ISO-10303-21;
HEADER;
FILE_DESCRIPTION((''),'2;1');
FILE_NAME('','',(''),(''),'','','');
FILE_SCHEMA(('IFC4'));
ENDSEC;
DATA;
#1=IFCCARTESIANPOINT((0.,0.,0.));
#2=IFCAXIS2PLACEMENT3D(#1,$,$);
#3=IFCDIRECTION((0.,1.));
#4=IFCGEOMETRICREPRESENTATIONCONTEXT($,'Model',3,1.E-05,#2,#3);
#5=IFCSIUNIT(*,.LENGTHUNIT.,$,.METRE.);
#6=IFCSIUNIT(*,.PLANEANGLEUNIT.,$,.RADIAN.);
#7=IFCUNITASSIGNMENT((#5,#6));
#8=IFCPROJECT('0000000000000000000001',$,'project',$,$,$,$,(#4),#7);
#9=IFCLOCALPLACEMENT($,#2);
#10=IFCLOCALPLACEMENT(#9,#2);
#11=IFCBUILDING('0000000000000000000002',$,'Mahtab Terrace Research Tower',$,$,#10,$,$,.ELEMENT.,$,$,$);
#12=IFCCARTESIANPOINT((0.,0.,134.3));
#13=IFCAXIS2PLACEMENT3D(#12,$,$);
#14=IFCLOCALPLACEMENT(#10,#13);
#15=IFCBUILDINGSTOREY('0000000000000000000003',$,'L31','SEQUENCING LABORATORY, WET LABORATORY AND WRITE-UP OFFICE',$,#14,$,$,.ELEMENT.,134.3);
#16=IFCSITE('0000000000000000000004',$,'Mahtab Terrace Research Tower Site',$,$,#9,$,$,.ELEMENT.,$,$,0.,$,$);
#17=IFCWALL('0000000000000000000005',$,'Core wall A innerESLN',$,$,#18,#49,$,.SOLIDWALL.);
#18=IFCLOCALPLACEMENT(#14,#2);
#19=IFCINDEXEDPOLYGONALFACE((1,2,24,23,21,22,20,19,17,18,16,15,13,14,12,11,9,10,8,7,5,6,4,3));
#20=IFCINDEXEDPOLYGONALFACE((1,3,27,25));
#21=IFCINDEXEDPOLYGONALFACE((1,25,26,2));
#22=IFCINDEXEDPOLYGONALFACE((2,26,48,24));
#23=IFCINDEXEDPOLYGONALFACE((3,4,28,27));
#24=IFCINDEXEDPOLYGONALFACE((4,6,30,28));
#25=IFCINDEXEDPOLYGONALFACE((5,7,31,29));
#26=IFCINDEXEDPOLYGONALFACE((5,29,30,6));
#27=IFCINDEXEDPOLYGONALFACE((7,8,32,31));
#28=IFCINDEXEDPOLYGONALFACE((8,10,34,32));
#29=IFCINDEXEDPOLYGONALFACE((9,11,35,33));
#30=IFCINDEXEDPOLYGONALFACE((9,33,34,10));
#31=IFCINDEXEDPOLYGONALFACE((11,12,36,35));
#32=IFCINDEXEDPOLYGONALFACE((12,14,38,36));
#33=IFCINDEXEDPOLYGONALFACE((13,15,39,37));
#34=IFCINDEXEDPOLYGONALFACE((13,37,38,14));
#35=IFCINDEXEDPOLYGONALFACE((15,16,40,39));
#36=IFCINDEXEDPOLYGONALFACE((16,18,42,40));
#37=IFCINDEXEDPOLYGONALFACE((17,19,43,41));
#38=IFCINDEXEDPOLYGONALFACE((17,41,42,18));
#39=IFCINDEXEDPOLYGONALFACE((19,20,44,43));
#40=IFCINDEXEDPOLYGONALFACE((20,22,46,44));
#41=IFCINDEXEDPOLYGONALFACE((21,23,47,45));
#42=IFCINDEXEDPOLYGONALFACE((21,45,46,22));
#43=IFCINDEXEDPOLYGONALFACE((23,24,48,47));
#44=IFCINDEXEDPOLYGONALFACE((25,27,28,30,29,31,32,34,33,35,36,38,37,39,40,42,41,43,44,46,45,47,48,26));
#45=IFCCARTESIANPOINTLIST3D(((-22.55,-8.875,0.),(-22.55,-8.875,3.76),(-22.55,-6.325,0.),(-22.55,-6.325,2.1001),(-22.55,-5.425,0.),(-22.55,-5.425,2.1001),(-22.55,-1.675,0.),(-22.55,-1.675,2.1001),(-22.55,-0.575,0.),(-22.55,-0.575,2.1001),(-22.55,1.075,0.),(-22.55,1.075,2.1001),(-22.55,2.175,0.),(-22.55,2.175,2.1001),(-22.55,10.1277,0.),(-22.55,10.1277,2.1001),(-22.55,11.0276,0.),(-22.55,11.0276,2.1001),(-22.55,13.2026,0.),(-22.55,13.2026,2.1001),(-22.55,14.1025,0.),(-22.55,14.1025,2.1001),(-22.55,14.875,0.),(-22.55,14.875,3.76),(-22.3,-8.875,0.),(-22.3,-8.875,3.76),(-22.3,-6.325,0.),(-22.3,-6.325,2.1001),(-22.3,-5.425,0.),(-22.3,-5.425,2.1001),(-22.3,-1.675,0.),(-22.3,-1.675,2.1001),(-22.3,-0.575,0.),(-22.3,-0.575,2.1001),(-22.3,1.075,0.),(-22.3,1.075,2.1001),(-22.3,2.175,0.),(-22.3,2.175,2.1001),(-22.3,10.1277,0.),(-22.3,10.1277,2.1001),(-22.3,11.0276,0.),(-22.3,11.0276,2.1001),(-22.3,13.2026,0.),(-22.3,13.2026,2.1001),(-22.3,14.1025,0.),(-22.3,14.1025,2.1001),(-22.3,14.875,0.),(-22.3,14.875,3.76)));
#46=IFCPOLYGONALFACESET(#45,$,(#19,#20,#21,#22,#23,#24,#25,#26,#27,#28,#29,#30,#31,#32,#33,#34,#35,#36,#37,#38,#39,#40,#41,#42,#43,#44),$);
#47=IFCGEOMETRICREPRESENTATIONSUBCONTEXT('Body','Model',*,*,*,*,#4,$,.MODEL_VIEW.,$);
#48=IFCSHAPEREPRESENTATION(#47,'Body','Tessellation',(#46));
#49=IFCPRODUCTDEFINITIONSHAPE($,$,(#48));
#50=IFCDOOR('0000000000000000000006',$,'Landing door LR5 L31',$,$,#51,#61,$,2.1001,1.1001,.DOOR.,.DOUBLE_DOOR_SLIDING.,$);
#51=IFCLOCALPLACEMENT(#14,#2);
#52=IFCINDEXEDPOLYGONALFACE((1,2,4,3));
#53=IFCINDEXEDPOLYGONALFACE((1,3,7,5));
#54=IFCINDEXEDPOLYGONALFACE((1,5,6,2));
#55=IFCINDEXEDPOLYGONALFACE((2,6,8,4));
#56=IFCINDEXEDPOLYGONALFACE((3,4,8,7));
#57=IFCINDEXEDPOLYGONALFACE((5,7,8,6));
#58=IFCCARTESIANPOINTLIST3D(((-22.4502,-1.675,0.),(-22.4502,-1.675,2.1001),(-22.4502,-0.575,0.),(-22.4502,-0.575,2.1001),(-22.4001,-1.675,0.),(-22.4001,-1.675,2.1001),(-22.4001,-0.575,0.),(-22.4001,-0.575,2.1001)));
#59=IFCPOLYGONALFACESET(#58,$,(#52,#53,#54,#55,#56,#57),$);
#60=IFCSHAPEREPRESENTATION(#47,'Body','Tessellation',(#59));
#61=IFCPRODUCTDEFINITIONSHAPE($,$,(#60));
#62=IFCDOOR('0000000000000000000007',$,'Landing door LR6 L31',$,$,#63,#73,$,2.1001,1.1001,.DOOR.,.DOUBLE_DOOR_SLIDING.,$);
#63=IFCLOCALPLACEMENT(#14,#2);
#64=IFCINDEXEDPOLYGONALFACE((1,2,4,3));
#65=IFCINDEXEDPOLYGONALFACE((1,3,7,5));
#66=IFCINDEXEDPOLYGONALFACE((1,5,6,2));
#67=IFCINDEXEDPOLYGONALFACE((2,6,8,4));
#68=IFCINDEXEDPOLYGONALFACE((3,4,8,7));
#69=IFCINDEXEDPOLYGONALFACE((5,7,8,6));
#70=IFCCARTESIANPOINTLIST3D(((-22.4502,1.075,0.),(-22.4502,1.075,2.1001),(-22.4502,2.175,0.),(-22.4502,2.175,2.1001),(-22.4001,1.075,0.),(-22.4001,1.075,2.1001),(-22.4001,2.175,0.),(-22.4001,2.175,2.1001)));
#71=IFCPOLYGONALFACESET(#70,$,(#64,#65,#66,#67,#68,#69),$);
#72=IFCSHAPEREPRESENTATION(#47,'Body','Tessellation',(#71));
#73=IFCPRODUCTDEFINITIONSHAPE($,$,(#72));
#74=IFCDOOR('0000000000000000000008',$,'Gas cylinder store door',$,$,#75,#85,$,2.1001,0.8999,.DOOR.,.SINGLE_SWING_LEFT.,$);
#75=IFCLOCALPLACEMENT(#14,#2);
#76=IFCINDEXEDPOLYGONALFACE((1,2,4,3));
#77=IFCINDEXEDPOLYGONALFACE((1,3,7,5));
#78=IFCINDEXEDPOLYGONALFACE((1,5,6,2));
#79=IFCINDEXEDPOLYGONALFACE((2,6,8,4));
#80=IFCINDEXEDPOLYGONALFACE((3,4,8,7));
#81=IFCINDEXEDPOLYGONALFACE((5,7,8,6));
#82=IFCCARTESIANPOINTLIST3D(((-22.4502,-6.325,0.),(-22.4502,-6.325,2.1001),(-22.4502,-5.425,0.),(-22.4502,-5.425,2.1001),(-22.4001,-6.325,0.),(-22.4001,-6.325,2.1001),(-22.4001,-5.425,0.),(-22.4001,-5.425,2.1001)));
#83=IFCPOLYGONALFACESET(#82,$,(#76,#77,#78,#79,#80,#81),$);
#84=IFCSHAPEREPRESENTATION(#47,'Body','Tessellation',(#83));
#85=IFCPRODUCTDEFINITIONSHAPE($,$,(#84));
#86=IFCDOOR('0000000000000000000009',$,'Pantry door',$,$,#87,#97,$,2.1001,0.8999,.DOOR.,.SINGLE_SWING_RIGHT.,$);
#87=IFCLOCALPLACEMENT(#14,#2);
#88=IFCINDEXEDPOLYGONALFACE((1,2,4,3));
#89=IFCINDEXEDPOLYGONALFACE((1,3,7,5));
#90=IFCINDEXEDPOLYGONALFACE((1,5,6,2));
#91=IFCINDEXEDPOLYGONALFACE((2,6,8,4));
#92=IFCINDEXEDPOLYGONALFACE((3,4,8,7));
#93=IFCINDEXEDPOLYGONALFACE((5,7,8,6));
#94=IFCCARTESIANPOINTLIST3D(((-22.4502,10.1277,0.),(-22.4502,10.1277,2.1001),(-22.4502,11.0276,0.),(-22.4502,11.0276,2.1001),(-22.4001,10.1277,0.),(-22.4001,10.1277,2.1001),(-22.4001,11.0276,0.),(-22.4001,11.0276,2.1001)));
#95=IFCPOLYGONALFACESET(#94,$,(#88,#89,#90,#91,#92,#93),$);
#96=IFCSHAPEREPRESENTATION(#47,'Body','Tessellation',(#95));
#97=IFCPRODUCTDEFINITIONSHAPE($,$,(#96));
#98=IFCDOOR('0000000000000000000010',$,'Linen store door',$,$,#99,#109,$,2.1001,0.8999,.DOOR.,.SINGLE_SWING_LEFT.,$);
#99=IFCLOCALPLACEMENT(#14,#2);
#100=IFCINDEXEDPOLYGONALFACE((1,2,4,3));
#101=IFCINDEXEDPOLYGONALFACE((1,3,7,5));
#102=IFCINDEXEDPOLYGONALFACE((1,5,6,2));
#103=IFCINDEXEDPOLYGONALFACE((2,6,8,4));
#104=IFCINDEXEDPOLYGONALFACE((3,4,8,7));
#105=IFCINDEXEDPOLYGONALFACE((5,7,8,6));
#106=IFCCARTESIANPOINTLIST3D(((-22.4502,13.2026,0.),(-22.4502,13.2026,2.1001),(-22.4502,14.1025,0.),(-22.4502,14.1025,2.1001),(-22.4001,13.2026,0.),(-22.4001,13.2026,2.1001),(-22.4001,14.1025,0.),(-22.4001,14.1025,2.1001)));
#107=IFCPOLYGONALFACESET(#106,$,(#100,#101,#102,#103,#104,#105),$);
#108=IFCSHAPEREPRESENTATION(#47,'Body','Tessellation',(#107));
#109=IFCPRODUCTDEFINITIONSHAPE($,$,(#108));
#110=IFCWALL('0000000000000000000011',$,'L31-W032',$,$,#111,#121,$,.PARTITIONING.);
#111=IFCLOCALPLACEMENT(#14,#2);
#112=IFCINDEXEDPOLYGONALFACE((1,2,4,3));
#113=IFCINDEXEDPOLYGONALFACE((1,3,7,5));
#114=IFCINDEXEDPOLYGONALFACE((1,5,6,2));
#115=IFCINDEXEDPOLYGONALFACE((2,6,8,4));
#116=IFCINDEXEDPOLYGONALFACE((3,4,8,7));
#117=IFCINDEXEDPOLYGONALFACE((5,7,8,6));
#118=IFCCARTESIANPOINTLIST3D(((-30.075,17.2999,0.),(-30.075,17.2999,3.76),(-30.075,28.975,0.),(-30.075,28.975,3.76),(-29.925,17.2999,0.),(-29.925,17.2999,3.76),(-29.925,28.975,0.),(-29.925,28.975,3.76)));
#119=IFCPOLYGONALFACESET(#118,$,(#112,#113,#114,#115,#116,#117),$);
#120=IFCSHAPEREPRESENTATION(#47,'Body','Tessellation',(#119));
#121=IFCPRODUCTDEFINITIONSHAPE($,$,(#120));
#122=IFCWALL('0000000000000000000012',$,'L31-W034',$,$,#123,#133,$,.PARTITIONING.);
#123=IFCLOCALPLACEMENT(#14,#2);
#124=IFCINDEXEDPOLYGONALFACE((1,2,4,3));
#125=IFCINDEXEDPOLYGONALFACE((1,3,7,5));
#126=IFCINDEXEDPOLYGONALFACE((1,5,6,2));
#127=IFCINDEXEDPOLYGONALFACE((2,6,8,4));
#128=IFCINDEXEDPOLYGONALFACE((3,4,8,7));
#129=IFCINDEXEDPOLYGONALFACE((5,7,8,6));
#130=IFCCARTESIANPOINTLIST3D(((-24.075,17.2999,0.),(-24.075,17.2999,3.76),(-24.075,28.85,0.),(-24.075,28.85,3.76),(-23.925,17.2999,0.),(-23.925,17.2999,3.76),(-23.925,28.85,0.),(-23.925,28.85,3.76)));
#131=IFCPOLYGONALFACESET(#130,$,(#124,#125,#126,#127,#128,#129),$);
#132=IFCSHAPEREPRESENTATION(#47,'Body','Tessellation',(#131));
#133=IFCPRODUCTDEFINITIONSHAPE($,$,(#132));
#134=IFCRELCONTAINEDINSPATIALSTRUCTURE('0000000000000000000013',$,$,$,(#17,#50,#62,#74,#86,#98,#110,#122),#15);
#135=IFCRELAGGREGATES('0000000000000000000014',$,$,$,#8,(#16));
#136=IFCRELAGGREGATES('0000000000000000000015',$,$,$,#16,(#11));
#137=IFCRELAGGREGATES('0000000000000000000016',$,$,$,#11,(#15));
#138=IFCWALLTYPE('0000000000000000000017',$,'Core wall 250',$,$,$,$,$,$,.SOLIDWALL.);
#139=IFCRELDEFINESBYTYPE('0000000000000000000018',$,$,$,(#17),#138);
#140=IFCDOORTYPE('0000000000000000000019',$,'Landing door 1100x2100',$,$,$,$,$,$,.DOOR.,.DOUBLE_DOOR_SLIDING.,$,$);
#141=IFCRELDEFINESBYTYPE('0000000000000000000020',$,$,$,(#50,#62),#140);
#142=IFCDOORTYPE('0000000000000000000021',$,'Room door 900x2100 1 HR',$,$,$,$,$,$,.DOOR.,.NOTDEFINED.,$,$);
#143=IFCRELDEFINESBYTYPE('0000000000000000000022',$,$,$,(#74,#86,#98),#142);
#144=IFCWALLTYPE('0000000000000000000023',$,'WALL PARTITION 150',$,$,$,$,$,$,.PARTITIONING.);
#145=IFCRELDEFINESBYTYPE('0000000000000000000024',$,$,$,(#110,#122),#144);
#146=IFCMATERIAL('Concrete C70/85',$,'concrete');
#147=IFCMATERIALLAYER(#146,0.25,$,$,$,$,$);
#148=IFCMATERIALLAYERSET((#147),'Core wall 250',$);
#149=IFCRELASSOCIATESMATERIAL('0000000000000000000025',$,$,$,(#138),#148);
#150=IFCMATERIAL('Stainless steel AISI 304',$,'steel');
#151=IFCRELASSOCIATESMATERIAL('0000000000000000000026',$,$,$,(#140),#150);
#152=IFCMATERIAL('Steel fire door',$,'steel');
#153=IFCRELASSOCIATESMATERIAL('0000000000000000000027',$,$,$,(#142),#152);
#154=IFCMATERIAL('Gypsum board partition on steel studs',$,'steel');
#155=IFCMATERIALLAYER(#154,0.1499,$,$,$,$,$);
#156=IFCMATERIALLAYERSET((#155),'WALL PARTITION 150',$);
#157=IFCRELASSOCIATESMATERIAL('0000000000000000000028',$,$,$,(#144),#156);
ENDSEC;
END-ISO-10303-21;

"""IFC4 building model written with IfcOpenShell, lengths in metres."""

from ifc_helpers import new_model, si_unit, direction, frame, frame_2d, origin, place, context, subcontext, project, spatial, rectangle, extrude, material, layer, layer_set, type_object, element, fill, save


model = new_model("IFC4")

# Units and contexts
model_context = context("Model", 3, precision=1e-05, world=origin(), true_north=direction((0.0, 1.0)))
body_context = subcontext(model_context, "Body", "Model", "MODEL_VIEW")
ifc_project = project(units=[si_unit("LENGTHUNIT", "METRE"), si_unit("PLANEANGLEUNIT", "RADIAN")], contexts=[model_context])

# Site, building, storey
site_placement = place(None, origin())
site = spatial("IfcSite", under=ifc_project, at=site_placement, Name="Mahtab Terrace Research Tower Site", CompositionType="ELEMENT", RefElevation=0.0)
building_placement = place(site_placement, origin())
building = spatial("IfcBuilding", under=site, at=building_placement, Name="Mahtab Terrace Research Tower", CompositionType="ELEMENT")
storey_placement = place(building_placement, frame((0.0, 0.0, 134.3)))
storey = spatial("IfcBuildingStorey", under=building, at=storey_placement, Name="L31", Description="SEQUENCING LABORATORY, WET LABORATORY AND WRITE-UP OFFICE", CompositionType="ELEMENT", Elevation=134.3)

# Shared definitions
ifc_material_1 = material(Name="Concrete C70/85", Category="concrete")
ifc_layer_1 = layer(ifc_material_1, 0.25)
ifc_layer_set_1 = layer_set([ifc_layer_1], Name="Core wall 250")
wall_type_1 = type_object("IfcWallType", Name="Core wall 250", PredefinedType="SOLIDWALL", material=ifc_layer_set_1)

# Shared definitions
ifc_material_2 = material(Name="Steel fire door", Category="steel")

# Wall, openings, doors
wall_1_placement = place(storey_placement, frame((-22.425, 14.875, 0.0), z_axis=(0.0, 0.0, 1.0), x_axis=(0.0, -1.0, 0.0)))
wall_1 = element("IfcWall", 1, at=wall_1_placement, inside=storey, type_object=wall_type_1, Name="Core wall A innerESLN", PredefinedType="SOLIDWALL", context=body_context, shape_type="SweptSolid", body=[
    extrude(rectangle(XDim=23.75, YDim=0.25, at=frame_2d((11.875, 0.0))), origin(), (0.0, 0.0, 1.0), 3.76),
])
opening_1_placement = place(wall_1_placement, frame((15.45, 0.0, 0.0)))
opening_1 = element("IfcOpeningElement", 2, at=opening_1_placement, cuts=wall_1, PredefinedType="OPENING", context=body_context, shape_type="SweptSolid", body=[
    extrude(rectangle(XDim=1.1001, YDim=2.1001, at=frame_2d((0.55, 1.05))), frame((0.0, 0.135, 0.0), z_axis=(0.0, -1.0, 0.0), x_axis=(1.0, 0.0, 0.0)), (0.0, 0.0, 1.0), 0.27),
])
opening_2_placement = place(wall_1_placement, frame((12.7, 0.0, 0.0)))
opening_2 = element("IfcOpeningElement", 3, at=opening_2_placement, cuts=wall_1, PredefinedType="OPENING", context=body_context, shape_type="SweptSolid", body=[
    extrude(rectangle(XDim=1.1001, YDim=2.1001, at=frame_2d((0.55, 1.05))), frame((0.0, 0.135, 0.0), z_axis=(0.0, -1.0, 0.0), x_axis=(1.0, 0.0, 0.0)), (0.0, 0.0, 1.0), 0.27),
])
opening_3_placement = place(wall_1_placement, frame((20.3, 0.0, 0.0)))
opening_3 = element("IfcOpeningElement", 4, at=opening_3_placement, cuts=wall_1, PredefinedType="OPENING", context=body_context, shape_type="SweptSolid", body=[
    extrude(rectangle(XDim=0.8999, YDim=2.1001, at=frame_2d((0.45, 1.05))), frame((0.0, 0.135, 0.0), z_axis=(0.0, -1.0, 0.0), x_axis=(1.0, 0.0, 0.0)), (0.0, 0.0, 1.0), 0.27),
])
opening_4_placement = place(wall_1_placement, frame((3.8474, 0.0, 0.0)))
opening_4 = element("IfcOpeningElement", 5, at=opening_4_placement, cuts=wall_1, PredefinedType="OPENING", context=body_context, shape_type="SweptSolid", body=[
    extrude(rectangle(XDim=0.8999, YDim=2.1001, at=frame_2d((0.45, 1.05))), frame((0.0, 0.135, 0.0), z_axis=(0.0, -1.0, 0.0), x_axis=(1.0, 0.0, 0.0)), (0.0, 0.0, 1.0), 0.27),
])
opening_5_placement = place(wall_1_placement, frame((0.7725, 0.0, 0.0)))
opening_5 = element("IfcOpeningElement", 6, at=opening_5_placement, cuts=wall_1, PredefinedType="OPENING", context=body_context, shape_type="SweptSolid", body=[
    extrude(rectangle(XDim=0.8999, YDim=2.1001, at=frame_2d((0.45, 1.05))), frame((0.0, 0.135, 0.0), z_axis=(0.0, -1.0, 0.0), x_axis=(1.0, 0.0, 0.0)), (0.0, 0.0, 1.0), 0.27),
])
ifc_material_3 = material(Name="Stainless steel AISI 304", Category="steel")
door_type_1 = type_object("IfcDoorType", Name="Landing door 1100x2100", OperationType="DOUBLE_DOOR_SLIDING", PredefinedType="DOOR", material=ifc_material_3)
door_1_placement = place(opening_1_placement, origin())
door_1 = element("IfcDoor", 7, at=door_1_placement, inside=storey, type_object=door_type_1, Name="Landing door LR5 L31", OperationType="DOUBLE_DOOR_SLIDING", OverallHeight=2.1001, OverallWidth=1.1001, PredefinedType="DOOR", context=body_context, shape_type="SweptSolid", body=[
    extrude(rectangle(XDim=1.1001, YDim=2.1001, at=frame_2d((0.55, 1.05))), frame((0.0, 0.0249, 0.0), z_axis=(0.0, -1.0, 0.0), x_axis=(1.0, 0.0, 0.0)), (0.0, 0.0, 1.0), 0.05),
])
fill(opening_1, door_1)
door_2_placement = place(opening_2_placement, origin())
door_2 = element("IfcDoor", 8, at=door_2_placement, inside=storey, type_object=door_type_1, Name="Landing door LR6 L31", OperationType="DOUBLE_DOOR_SLIDING", OverallHeight=2.1001, OverallWidth=1.1001, PredefinedType="DOOR", context=body_context, shape_type="SweptSolid", body=[
    extrude(rectangle(XDim=1.1001, YDim=2.1001, at=frame_2d((0.55, 1.05))), frame((0.0, 0.0249, 0.0), z_axis=(0.0, -1.0, 0.0), x_axis=(1.0, 0.0, 0.0)), (0.0, 0.0, 1.0), 0.05),
])
fill(opening_2, door_2)
door_type_2 = type_object("IfcDoorType", Name="Room door 900x2100 1 HR", OperationType="NOTDEFINED", PredefinedType="DOOR", material=ifc_material_2)
door_3_placement = place(opening_3_placement, origin())
door_3 = element("IfcDoor", 9, at=door_3_placement, inside=storey, type_object=door_type_2, Name="Gas cylinder store door", OperationType="SINGLE_SWING_LEFT", OverallHeight=2.1001, OverallWidth=0.8999, PredefinedType="DOOR", context=body_context, shape_type="SweptSolid", body=[
    extrude(rectangle(XDim=0.8999, YDim=2.1001, at=frame_2d((0.45, 1.05))), frame((0.0, 0.0249, 0.0), z_axis=(0.0, -1.0, 0.0), x_axis=(1.0, 0.0, 0.0)), (0.0, 0.0, 1.0), 0.05),
])
fill(opening_3, door_3)
door_4_placement = place(opening_4_placement, origin())
door_4 = element("IfcDoor", 10, at=door_4_placement, inside=storey, type_object=door_type_2, Name="Pantry door", OperationType="SINGLE_SWING_RIGHT", OverallHeight=2.1001, OverallWidth=0.8999, PredefinedType="DOOR", context=body_context, shape_type="SweptSolid", body=[
    extrude(rectangle(XDim=0.8999, YDim=2.1001, at=frame_2d((0.45, 1.05))), frame((0.0, 0.0249, 0.0), z_axis=(0.0, -1.0, 0.0), x_axis=(1.0, 0.0, 0.0)), (0.0, 0.0, 1.0), 0.05),
])
fill(opening_4, door_4)
door_5_placement = place(opening_5_placement, origin())
door_5 = element("IfcDoor", 11, at=door_5_placement, inside=storey, type_object=door_type_2, Name="Linen store door", OperationType="SINGLE_SWING_LEFT", OverallHeight=2.1001, OverallWidth=0.8999, PredefinedType="DOOR", context=body_context, shape_type="SweptSolid", body=[
    extrude(rectangle(XDim=0.8999, YDim=2.1001, at=frame_2d((0.45, 1.05))), frame((0.0, 0.0249, 0.0), z_axis=(0.0, -1.0, 0.0), x_axis=(1.0, 0.0, 0.0)), (0.0, 0.0, 1.0), 0.05),
])
fill(opening_5, door_5)

# Walls
ifc_material_4 = material(Name="Gypsum board partition on steel studs", Category="steel")
ifc_layer_2 = layer(ifc_material_4, 0.1499)
ifc_layer_set_2 = layer_set([ifc_layer_2], Name="WALL PARTITION 150")
wall_type_2 = type_object("IfcWallType", Name="WALL PARTITION 150", PredefinedType="PARTITIONING", material=ifc_layer_set_2)
wall_2_placement = place(storey_placement, frame((-30.0, 17.3, 0.0), z_axis=(0.0, 0.0, 1.0), x_axis=(0.0, 1.0, 0.0)))
element("IfcWall", 12, at=wall_2_placement, inside=storey, type_object=wall_type_2, Name="L31-W032", PredefinedType="PARTITIONING", context=body_context, shape_type="SweptSolid", body=[
    extrude(rectangle(XDim=11.675, YDim=0.1499, at=frame_2d((5.8374, 0.0))), origin(), (0.0, 0.0, 1.0), 3.76),
])
wall_3_placement = place(storey_placement, frame((-24.0, 17.3, 0.0), z_axis=(0.0, 0.0, 1.0), x_axis=(0.0, 1.0, 0.0)))
element("IfcWall", 13, at=wall_3_placement, inside=storey, type_object=wall_type_2, Name="L31-W034", PredefinedType="PARTITIONING", context=body_context, shape_type="SweptSolid", body=[
    extrude(rectangle(XDim=11.55, YDim=0.1499, at=frame_2d((5.7749, 0.0))), origin(), (0.0, 0.0, 1.0), 3.76),
])

save(model, "model.ifc")
